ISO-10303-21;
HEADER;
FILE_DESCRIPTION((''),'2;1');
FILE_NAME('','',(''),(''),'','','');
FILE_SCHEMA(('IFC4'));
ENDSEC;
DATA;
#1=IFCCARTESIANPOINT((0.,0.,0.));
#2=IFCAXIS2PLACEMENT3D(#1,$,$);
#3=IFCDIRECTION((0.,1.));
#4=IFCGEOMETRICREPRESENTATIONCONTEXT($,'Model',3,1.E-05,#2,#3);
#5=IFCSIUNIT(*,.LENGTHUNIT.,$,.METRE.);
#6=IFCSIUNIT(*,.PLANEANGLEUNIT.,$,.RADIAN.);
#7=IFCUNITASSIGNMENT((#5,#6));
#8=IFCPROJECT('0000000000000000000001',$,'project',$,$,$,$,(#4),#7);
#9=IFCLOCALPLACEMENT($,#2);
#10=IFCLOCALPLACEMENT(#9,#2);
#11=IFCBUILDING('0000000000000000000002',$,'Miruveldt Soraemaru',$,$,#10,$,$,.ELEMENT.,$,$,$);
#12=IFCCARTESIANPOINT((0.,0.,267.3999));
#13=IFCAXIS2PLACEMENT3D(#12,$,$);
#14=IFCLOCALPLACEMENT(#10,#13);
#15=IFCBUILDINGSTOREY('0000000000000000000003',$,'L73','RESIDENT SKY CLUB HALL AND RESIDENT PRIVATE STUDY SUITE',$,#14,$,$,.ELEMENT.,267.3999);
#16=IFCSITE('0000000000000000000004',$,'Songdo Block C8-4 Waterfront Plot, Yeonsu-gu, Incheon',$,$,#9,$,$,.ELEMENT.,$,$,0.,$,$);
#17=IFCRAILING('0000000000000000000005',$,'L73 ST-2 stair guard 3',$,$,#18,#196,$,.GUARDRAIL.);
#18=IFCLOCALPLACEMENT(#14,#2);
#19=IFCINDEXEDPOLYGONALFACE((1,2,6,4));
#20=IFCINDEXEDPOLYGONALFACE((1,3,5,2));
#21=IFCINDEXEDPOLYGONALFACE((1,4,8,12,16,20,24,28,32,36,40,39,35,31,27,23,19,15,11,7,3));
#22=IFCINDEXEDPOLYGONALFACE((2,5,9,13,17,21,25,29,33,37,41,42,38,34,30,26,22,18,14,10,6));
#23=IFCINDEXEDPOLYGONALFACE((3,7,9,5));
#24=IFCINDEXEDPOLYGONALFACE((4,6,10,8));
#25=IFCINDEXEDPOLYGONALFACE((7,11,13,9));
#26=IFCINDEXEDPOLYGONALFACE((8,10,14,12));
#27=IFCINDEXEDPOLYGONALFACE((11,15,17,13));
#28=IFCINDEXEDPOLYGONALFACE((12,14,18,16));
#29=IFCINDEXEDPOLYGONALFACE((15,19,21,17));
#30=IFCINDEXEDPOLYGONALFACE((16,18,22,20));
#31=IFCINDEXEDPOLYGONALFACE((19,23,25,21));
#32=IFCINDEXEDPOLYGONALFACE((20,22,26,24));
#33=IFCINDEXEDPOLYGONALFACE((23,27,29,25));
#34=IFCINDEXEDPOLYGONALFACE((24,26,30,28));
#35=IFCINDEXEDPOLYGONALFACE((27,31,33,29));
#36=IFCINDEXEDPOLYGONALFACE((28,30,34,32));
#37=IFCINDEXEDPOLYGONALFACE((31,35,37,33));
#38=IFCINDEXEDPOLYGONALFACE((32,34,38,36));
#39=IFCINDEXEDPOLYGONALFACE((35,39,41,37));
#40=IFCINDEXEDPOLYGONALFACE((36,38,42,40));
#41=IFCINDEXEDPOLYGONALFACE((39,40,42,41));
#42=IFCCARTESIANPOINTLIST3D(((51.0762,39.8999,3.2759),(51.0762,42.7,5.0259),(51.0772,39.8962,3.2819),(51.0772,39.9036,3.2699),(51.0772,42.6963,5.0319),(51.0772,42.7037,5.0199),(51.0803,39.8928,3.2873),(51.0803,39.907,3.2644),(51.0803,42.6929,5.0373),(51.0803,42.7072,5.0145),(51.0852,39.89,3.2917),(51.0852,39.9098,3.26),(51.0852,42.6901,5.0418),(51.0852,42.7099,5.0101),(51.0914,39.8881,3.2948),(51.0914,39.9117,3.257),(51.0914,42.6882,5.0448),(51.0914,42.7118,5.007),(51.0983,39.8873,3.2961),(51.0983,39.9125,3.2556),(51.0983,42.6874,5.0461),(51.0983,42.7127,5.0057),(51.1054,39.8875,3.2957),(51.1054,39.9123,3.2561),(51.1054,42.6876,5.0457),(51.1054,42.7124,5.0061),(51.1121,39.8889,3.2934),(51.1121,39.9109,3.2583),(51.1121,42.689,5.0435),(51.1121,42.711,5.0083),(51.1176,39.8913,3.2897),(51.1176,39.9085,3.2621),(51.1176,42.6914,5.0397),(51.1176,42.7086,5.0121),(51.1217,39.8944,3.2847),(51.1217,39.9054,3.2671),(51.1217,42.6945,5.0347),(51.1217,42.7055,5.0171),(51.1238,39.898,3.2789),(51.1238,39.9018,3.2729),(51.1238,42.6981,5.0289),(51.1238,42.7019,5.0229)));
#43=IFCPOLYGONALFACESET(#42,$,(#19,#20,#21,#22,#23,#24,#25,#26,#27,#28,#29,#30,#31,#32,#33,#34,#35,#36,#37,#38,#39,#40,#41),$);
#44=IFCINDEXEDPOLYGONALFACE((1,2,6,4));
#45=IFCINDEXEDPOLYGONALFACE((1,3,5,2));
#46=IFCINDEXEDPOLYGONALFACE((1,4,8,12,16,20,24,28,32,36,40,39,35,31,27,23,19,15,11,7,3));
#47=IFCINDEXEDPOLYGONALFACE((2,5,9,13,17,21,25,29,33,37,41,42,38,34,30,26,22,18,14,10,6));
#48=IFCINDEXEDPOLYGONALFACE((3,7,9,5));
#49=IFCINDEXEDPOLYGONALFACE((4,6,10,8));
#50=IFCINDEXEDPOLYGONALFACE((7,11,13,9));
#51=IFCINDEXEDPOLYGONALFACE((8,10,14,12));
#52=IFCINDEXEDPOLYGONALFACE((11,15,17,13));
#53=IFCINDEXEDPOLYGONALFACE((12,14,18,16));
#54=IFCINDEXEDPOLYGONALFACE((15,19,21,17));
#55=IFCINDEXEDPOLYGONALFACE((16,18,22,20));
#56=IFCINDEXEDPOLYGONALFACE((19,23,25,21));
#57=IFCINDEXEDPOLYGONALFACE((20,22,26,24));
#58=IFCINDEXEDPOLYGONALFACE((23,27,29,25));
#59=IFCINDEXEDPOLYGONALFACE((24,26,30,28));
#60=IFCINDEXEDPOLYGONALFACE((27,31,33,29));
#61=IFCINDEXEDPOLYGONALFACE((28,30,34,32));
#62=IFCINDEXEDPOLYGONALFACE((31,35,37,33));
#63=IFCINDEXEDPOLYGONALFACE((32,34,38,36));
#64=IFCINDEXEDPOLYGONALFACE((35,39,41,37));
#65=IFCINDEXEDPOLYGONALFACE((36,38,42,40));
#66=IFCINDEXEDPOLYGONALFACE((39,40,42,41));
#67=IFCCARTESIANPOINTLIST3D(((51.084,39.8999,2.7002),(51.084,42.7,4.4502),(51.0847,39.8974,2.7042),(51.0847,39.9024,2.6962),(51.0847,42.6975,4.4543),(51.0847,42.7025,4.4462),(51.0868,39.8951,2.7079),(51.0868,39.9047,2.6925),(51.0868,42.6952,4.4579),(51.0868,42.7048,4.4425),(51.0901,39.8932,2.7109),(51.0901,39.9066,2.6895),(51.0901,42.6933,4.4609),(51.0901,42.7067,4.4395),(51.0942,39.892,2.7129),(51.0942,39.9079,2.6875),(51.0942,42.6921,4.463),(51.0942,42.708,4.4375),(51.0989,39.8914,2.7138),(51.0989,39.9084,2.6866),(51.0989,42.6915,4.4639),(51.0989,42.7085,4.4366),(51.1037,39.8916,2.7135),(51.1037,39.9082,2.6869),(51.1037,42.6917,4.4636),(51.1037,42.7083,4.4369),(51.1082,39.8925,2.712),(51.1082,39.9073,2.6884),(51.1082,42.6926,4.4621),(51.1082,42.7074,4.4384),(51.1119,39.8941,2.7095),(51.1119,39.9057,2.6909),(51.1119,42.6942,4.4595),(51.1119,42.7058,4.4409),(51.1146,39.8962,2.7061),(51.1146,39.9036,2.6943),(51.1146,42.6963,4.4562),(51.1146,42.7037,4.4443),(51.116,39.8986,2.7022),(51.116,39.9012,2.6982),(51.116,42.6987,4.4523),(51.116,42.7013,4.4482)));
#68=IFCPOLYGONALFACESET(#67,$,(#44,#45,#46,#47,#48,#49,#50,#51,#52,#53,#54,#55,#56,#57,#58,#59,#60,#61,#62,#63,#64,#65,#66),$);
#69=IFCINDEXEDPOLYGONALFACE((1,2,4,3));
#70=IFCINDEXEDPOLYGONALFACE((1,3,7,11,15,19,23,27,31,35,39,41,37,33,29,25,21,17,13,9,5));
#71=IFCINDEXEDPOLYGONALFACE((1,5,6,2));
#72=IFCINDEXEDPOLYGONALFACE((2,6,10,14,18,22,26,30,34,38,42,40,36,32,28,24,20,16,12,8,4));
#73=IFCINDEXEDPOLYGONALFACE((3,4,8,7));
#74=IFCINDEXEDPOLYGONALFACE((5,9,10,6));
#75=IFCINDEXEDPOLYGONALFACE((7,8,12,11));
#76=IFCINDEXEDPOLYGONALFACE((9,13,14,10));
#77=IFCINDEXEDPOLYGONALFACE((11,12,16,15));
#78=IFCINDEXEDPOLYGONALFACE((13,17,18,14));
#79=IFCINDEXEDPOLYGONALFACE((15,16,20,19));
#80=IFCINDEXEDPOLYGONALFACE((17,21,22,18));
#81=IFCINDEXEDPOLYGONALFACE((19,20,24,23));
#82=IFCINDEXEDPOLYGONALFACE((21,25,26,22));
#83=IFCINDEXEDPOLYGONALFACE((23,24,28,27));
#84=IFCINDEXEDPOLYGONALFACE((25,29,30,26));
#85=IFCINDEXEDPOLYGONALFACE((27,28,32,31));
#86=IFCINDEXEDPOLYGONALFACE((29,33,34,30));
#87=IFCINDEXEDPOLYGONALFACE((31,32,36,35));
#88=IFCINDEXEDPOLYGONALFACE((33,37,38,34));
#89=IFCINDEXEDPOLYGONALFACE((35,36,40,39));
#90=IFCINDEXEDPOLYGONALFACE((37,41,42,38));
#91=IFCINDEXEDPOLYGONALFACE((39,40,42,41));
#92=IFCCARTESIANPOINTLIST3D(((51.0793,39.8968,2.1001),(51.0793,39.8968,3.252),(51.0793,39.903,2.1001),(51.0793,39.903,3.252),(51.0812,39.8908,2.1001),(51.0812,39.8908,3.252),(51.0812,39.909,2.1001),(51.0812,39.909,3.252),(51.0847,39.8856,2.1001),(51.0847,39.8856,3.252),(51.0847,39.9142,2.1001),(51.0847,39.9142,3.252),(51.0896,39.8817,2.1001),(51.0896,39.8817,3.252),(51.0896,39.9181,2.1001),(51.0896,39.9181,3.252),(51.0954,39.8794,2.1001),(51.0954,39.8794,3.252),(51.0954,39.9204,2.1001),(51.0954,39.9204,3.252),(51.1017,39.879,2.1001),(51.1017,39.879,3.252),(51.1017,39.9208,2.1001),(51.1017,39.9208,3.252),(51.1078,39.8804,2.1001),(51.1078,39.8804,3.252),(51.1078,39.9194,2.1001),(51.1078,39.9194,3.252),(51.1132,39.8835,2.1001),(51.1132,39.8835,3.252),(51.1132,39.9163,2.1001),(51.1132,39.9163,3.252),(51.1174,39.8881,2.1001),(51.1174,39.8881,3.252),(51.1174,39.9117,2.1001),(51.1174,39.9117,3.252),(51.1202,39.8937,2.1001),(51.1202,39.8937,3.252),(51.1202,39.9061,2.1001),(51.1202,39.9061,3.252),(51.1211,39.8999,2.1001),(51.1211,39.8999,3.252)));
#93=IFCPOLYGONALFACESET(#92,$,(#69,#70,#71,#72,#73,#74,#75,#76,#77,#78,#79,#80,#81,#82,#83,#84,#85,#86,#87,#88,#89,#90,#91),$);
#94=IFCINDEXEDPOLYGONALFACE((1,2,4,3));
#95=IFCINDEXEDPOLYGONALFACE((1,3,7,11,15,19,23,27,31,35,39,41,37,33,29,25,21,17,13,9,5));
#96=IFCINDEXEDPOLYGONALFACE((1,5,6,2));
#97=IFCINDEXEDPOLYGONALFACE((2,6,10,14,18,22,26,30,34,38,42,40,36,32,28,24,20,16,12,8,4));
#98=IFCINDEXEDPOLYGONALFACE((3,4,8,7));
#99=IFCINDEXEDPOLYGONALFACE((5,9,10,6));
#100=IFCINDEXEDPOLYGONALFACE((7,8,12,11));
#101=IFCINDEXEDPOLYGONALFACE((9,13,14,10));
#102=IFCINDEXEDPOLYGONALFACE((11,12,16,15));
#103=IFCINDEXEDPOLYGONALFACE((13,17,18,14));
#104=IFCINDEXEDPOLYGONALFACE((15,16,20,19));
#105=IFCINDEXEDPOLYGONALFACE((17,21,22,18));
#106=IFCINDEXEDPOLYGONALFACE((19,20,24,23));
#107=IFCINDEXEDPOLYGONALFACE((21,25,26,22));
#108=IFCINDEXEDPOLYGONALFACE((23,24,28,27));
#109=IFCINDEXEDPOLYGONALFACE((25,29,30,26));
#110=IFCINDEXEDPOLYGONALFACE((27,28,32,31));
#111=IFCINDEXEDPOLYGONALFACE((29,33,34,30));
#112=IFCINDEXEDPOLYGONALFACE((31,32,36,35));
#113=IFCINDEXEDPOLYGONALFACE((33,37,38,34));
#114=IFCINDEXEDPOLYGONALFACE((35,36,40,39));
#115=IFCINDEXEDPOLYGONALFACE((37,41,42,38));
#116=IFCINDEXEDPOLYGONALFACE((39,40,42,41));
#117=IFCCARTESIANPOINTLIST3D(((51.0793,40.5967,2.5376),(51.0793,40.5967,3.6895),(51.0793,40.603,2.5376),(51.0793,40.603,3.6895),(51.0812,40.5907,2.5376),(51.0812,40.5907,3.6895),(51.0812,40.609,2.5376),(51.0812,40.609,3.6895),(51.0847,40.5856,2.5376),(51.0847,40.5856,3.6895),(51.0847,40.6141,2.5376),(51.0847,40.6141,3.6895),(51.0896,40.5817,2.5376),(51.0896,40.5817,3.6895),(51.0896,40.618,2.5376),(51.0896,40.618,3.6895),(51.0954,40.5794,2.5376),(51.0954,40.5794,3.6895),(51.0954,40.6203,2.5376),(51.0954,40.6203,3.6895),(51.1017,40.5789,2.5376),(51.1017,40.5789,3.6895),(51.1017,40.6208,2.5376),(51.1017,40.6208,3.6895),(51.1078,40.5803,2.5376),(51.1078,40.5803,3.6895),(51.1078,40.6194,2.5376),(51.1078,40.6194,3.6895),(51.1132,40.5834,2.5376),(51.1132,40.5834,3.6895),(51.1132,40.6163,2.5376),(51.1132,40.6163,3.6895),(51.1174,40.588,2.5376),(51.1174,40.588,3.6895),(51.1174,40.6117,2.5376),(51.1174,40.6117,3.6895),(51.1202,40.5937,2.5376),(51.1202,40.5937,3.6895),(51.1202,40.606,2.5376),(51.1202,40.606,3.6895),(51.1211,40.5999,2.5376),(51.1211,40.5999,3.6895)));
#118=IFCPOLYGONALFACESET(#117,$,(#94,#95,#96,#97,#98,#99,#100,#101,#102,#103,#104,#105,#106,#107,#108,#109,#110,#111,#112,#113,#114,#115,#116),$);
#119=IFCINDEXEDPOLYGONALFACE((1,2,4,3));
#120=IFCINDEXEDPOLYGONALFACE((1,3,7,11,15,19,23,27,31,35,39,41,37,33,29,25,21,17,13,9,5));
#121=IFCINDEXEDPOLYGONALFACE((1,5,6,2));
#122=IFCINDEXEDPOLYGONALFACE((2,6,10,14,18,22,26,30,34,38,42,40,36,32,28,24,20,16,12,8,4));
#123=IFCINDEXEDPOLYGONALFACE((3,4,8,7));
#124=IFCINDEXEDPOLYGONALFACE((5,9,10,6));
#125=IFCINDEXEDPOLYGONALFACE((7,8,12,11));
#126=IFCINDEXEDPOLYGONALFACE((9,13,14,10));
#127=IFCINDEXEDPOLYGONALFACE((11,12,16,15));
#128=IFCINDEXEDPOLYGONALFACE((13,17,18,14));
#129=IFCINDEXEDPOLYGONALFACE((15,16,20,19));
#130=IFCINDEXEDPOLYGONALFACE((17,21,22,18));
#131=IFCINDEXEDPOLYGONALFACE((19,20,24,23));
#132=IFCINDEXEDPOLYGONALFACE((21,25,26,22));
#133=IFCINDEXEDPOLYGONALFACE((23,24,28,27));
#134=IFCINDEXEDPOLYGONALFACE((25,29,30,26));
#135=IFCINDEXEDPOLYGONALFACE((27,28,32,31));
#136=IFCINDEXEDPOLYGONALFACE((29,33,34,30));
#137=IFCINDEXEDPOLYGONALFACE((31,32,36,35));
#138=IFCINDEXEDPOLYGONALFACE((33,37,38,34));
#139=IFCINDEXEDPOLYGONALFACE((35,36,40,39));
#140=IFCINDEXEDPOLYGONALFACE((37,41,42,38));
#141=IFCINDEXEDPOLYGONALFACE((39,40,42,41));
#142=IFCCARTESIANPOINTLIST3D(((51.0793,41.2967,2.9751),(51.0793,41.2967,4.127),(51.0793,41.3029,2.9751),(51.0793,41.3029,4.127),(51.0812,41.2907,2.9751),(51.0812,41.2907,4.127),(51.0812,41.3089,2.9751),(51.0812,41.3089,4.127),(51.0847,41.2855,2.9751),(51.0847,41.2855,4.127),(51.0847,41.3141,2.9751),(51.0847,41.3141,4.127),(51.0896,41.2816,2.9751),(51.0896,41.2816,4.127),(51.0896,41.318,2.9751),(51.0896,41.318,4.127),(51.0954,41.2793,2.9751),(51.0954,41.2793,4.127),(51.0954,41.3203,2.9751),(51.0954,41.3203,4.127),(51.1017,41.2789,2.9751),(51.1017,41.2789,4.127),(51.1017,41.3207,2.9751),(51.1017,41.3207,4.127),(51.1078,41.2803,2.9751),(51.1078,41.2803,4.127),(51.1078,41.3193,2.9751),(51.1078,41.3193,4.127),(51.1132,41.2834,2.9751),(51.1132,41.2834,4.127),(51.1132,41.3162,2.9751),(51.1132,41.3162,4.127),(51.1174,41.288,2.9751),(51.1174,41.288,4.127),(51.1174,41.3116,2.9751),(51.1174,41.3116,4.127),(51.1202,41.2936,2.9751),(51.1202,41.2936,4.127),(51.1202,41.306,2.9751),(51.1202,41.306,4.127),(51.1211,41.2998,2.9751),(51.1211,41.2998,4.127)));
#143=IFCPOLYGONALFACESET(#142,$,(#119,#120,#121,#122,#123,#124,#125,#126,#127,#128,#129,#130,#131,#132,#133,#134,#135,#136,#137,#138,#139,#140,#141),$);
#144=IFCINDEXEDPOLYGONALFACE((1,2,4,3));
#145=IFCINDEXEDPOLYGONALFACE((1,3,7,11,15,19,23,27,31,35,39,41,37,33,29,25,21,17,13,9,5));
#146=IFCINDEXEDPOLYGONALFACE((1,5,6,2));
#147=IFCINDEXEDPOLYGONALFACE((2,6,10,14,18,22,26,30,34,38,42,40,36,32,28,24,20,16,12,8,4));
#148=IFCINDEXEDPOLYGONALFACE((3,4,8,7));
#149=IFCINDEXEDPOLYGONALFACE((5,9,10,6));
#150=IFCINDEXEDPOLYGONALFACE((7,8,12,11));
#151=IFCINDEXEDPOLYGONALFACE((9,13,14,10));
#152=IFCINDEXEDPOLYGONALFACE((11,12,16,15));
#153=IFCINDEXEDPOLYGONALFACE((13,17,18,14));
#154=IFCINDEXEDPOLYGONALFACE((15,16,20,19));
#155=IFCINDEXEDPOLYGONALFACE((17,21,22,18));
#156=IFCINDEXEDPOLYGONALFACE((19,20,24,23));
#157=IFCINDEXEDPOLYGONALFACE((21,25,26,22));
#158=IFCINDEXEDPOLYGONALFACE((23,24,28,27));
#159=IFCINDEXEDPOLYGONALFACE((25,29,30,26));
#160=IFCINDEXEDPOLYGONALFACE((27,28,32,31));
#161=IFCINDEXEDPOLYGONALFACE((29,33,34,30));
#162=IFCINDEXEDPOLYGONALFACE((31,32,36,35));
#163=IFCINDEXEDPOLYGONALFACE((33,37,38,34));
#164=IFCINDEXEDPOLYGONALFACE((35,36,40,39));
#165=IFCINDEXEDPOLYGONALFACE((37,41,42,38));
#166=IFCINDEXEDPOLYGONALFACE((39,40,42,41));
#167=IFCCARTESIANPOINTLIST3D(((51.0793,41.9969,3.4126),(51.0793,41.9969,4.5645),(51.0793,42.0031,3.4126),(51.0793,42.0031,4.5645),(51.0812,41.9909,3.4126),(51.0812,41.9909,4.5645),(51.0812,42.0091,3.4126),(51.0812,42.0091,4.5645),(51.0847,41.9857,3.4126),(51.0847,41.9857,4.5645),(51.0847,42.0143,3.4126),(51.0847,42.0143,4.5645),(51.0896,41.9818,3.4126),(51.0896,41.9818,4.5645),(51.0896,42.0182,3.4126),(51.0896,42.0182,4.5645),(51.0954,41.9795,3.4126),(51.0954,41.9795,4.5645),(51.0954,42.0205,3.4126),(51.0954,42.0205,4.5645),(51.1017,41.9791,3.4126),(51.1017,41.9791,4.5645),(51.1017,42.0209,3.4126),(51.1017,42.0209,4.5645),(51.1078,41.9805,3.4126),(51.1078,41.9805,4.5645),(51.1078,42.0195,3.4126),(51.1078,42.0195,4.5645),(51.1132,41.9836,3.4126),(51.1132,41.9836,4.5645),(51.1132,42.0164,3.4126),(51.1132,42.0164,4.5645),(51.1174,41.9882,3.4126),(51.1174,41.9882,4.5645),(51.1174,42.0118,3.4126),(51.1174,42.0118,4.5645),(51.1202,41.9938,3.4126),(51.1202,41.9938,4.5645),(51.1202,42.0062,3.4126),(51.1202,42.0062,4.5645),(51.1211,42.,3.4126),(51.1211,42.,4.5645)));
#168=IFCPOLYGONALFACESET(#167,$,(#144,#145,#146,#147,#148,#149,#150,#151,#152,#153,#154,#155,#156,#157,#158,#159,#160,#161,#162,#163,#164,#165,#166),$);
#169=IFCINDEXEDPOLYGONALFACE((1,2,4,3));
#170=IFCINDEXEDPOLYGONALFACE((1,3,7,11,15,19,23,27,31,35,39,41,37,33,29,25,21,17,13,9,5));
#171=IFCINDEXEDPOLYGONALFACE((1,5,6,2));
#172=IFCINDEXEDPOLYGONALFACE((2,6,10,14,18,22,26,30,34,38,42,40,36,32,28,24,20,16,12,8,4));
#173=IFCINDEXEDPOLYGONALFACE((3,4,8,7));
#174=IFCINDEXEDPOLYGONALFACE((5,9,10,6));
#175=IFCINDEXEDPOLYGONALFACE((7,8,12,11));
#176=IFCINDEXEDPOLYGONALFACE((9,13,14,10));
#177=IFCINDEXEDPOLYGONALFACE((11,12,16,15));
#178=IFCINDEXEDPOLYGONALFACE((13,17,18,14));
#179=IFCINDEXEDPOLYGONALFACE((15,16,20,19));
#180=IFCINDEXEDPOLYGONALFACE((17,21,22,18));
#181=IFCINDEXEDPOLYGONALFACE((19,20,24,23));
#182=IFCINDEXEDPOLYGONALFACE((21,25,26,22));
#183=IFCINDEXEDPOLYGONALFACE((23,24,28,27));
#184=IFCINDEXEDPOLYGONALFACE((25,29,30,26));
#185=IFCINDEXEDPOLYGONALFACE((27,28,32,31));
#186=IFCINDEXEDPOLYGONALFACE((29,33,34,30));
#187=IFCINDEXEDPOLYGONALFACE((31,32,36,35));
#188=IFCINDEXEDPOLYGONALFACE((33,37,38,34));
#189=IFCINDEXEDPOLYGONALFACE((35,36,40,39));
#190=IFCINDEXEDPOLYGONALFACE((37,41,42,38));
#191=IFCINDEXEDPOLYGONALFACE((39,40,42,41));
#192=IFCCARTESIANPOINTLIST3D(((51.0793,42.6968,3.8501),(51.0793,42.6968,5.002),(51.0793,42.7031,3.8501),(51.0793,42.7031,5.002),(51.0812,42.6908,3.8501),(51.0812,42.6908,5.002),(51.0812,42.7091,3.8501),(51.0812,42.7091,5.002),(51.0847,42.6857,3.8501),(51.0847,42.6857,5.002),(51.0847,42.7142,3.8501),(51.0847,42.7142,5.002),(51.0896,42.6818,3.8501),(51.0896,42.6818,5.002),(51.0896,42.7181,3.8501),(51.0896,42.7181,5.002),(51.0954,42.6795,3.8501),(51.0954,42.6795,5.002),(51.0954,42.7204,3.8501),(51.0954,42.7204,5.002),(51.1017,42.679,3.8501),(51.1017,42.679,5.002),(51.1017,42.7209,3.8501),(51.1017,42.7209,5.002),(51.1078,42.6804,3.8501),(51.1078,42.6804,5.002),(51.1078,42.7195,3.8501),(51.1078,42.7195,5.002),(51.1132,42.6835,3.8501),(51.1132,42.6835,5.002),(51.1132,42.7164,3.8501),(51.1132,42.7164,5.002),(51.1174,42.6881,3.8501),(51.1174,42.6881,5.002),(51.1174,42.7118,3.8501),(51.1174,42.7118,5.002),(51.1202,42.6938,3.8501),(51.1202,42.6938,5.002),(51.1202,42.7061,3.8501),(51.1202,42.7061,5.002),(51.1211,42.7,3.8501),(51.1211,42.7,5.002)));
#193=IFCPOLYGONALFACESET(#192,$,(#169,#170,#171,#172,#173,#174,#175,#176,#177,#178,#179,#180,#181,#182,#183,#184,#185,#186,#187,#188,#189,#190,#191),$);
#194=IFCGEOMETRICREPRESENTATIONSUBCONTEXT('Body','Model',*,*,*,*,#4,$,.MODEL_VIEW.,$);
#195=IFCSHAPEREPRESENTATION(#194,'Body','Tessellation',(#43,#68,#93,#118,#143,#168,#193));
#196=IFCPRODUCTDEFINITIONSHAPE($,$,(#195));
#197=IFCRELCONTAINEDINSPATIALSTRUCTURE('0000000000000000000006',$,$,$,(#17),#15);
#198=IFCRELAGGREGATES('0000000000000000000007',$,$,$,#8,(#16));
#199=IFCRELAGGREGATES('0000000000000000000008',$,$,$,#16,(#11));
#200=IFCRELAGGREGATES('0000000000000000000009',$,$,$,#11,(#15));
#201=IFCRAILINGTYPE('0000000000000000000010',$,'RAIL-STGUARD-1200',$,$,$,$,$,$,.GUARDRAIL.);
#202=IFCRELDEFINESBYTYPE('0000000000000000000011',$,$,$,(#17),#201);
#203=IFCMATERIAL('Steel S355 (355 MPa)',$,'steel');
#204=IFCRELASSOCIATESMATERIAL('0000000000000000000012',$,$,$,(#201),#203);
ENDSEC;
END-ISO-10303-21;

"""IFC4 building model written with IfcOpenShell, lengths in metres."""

from ifc_helpers import new_model, si_unit, direction, frame, origin, origin_2d, place, context, subcontext, project, spatial, circle, extrude, material, type_object, element, save


model = new_model("IFC4")

# Units and contexts
model_context = context("Model", 3, precision=1e-05, world=origin(), true_north=direction((0.0, 1.0)))
body_context = subcontext(model_context, "Body", "Model", "MODEL_VIEW")
ifc_project = project(units=[si_unit("LENGTHUNIT", "METRE"), si_unit("PLANEANGLEUNIT", "RADIAN")], contexts=[model_context])

# Site, building, storey
site_placement = place(None, origin())
site = spatial("IfcSite", under=ifc_project, at=site_placement, Name="Songdo Block C8-4 Waterfront Plot, Yeonsu-gu, Incheon", CompositionType="ELEMENT", RefElevation=0.0)
building_placement = place(site_placement, origin())
building = spatial("IfcBuilding", under=site, at=building_placement, Name="Miruveldt Soraemaru", CompositionType="ELEMENT")
storey_placement = place(building_placement, frame((0.0, 0.0, 267.3999)))
storey = spatial("IfcBuildingStorey", under=building, at=storey_placement, Name="L73", Description="RESIDENT SKY CLUB HALL AND RESIDENT PRIVATE STUDY SUITE", CompositionType="ELEMENT", Elevation=267.3999)

# Railing
ifc_material_1 = material(Name="Steel S355 (355 MPa)", Category="steel")
railing_type_1 = type_object("IfcRailingType", Name="RAIL-STGUARD-1200", PredefinedType="GUARDRAIL", material=ifc_material_1)
railing_1_placement = place(storey_placement, frame((51.1001, 39.8999, 2.1001)))
element("IfcRailing", 1, at=railing_1_placement, inside=storey, type_object=railing_type_1, Name="L73 ST-2 stair guard 3", PredefinedType="GUARDRAIL", context=body_context, shape_type="SweptSolid", body=[
    extrude(circle(Radius=0.0239, at=origin_2d()), frame((0.0, 0.0, 1.1758), z_axis=(0.0, 0.848002, 0.529992), x_axis=(-1.0, 0.0, 0.0)), (0.0, 0.0, 1.0), 3.302),
    extrude(circle(Radius=0.0161, at=origin_2d()), frame((0.0, 0.0, 0.6001), z_axis=(0.0, 0.848002, 0.529992), x_axis=(-1.0, 0.0, 0.0)), (0.0, 0.0, 1.0), 3.302),
    extrude(circle(Radius=0.021, at=origin_2d()), origin(), (0.0, 0.0, 1.0), 1.1519),
    extrude(circle(Radius=0.021, at=origin_2d()), frame((0.0, 0.7, 0.4375)), (0.0, 0.0, 1.0), 1.1519),
    extrude(circle(Radius=0.021, at=origin_2d()), frame((0.0, 1.3999, 0.875)), (0.0, 0.0, 1.0), 1.1519),
    extrude(circle(Radius=0.021, at=origin_2d()), frame((0.0, 2.1001, 1.3125)), (0.0, 0.0, 1.0), 1.1519),
    extrude(circle(Radius=0.021, at=origin_2d()), frame((0.0, 2.8, 1.75)), (0.0, 0.0, 1.0), 1.1519),
])

save(model, "model.ifc")
